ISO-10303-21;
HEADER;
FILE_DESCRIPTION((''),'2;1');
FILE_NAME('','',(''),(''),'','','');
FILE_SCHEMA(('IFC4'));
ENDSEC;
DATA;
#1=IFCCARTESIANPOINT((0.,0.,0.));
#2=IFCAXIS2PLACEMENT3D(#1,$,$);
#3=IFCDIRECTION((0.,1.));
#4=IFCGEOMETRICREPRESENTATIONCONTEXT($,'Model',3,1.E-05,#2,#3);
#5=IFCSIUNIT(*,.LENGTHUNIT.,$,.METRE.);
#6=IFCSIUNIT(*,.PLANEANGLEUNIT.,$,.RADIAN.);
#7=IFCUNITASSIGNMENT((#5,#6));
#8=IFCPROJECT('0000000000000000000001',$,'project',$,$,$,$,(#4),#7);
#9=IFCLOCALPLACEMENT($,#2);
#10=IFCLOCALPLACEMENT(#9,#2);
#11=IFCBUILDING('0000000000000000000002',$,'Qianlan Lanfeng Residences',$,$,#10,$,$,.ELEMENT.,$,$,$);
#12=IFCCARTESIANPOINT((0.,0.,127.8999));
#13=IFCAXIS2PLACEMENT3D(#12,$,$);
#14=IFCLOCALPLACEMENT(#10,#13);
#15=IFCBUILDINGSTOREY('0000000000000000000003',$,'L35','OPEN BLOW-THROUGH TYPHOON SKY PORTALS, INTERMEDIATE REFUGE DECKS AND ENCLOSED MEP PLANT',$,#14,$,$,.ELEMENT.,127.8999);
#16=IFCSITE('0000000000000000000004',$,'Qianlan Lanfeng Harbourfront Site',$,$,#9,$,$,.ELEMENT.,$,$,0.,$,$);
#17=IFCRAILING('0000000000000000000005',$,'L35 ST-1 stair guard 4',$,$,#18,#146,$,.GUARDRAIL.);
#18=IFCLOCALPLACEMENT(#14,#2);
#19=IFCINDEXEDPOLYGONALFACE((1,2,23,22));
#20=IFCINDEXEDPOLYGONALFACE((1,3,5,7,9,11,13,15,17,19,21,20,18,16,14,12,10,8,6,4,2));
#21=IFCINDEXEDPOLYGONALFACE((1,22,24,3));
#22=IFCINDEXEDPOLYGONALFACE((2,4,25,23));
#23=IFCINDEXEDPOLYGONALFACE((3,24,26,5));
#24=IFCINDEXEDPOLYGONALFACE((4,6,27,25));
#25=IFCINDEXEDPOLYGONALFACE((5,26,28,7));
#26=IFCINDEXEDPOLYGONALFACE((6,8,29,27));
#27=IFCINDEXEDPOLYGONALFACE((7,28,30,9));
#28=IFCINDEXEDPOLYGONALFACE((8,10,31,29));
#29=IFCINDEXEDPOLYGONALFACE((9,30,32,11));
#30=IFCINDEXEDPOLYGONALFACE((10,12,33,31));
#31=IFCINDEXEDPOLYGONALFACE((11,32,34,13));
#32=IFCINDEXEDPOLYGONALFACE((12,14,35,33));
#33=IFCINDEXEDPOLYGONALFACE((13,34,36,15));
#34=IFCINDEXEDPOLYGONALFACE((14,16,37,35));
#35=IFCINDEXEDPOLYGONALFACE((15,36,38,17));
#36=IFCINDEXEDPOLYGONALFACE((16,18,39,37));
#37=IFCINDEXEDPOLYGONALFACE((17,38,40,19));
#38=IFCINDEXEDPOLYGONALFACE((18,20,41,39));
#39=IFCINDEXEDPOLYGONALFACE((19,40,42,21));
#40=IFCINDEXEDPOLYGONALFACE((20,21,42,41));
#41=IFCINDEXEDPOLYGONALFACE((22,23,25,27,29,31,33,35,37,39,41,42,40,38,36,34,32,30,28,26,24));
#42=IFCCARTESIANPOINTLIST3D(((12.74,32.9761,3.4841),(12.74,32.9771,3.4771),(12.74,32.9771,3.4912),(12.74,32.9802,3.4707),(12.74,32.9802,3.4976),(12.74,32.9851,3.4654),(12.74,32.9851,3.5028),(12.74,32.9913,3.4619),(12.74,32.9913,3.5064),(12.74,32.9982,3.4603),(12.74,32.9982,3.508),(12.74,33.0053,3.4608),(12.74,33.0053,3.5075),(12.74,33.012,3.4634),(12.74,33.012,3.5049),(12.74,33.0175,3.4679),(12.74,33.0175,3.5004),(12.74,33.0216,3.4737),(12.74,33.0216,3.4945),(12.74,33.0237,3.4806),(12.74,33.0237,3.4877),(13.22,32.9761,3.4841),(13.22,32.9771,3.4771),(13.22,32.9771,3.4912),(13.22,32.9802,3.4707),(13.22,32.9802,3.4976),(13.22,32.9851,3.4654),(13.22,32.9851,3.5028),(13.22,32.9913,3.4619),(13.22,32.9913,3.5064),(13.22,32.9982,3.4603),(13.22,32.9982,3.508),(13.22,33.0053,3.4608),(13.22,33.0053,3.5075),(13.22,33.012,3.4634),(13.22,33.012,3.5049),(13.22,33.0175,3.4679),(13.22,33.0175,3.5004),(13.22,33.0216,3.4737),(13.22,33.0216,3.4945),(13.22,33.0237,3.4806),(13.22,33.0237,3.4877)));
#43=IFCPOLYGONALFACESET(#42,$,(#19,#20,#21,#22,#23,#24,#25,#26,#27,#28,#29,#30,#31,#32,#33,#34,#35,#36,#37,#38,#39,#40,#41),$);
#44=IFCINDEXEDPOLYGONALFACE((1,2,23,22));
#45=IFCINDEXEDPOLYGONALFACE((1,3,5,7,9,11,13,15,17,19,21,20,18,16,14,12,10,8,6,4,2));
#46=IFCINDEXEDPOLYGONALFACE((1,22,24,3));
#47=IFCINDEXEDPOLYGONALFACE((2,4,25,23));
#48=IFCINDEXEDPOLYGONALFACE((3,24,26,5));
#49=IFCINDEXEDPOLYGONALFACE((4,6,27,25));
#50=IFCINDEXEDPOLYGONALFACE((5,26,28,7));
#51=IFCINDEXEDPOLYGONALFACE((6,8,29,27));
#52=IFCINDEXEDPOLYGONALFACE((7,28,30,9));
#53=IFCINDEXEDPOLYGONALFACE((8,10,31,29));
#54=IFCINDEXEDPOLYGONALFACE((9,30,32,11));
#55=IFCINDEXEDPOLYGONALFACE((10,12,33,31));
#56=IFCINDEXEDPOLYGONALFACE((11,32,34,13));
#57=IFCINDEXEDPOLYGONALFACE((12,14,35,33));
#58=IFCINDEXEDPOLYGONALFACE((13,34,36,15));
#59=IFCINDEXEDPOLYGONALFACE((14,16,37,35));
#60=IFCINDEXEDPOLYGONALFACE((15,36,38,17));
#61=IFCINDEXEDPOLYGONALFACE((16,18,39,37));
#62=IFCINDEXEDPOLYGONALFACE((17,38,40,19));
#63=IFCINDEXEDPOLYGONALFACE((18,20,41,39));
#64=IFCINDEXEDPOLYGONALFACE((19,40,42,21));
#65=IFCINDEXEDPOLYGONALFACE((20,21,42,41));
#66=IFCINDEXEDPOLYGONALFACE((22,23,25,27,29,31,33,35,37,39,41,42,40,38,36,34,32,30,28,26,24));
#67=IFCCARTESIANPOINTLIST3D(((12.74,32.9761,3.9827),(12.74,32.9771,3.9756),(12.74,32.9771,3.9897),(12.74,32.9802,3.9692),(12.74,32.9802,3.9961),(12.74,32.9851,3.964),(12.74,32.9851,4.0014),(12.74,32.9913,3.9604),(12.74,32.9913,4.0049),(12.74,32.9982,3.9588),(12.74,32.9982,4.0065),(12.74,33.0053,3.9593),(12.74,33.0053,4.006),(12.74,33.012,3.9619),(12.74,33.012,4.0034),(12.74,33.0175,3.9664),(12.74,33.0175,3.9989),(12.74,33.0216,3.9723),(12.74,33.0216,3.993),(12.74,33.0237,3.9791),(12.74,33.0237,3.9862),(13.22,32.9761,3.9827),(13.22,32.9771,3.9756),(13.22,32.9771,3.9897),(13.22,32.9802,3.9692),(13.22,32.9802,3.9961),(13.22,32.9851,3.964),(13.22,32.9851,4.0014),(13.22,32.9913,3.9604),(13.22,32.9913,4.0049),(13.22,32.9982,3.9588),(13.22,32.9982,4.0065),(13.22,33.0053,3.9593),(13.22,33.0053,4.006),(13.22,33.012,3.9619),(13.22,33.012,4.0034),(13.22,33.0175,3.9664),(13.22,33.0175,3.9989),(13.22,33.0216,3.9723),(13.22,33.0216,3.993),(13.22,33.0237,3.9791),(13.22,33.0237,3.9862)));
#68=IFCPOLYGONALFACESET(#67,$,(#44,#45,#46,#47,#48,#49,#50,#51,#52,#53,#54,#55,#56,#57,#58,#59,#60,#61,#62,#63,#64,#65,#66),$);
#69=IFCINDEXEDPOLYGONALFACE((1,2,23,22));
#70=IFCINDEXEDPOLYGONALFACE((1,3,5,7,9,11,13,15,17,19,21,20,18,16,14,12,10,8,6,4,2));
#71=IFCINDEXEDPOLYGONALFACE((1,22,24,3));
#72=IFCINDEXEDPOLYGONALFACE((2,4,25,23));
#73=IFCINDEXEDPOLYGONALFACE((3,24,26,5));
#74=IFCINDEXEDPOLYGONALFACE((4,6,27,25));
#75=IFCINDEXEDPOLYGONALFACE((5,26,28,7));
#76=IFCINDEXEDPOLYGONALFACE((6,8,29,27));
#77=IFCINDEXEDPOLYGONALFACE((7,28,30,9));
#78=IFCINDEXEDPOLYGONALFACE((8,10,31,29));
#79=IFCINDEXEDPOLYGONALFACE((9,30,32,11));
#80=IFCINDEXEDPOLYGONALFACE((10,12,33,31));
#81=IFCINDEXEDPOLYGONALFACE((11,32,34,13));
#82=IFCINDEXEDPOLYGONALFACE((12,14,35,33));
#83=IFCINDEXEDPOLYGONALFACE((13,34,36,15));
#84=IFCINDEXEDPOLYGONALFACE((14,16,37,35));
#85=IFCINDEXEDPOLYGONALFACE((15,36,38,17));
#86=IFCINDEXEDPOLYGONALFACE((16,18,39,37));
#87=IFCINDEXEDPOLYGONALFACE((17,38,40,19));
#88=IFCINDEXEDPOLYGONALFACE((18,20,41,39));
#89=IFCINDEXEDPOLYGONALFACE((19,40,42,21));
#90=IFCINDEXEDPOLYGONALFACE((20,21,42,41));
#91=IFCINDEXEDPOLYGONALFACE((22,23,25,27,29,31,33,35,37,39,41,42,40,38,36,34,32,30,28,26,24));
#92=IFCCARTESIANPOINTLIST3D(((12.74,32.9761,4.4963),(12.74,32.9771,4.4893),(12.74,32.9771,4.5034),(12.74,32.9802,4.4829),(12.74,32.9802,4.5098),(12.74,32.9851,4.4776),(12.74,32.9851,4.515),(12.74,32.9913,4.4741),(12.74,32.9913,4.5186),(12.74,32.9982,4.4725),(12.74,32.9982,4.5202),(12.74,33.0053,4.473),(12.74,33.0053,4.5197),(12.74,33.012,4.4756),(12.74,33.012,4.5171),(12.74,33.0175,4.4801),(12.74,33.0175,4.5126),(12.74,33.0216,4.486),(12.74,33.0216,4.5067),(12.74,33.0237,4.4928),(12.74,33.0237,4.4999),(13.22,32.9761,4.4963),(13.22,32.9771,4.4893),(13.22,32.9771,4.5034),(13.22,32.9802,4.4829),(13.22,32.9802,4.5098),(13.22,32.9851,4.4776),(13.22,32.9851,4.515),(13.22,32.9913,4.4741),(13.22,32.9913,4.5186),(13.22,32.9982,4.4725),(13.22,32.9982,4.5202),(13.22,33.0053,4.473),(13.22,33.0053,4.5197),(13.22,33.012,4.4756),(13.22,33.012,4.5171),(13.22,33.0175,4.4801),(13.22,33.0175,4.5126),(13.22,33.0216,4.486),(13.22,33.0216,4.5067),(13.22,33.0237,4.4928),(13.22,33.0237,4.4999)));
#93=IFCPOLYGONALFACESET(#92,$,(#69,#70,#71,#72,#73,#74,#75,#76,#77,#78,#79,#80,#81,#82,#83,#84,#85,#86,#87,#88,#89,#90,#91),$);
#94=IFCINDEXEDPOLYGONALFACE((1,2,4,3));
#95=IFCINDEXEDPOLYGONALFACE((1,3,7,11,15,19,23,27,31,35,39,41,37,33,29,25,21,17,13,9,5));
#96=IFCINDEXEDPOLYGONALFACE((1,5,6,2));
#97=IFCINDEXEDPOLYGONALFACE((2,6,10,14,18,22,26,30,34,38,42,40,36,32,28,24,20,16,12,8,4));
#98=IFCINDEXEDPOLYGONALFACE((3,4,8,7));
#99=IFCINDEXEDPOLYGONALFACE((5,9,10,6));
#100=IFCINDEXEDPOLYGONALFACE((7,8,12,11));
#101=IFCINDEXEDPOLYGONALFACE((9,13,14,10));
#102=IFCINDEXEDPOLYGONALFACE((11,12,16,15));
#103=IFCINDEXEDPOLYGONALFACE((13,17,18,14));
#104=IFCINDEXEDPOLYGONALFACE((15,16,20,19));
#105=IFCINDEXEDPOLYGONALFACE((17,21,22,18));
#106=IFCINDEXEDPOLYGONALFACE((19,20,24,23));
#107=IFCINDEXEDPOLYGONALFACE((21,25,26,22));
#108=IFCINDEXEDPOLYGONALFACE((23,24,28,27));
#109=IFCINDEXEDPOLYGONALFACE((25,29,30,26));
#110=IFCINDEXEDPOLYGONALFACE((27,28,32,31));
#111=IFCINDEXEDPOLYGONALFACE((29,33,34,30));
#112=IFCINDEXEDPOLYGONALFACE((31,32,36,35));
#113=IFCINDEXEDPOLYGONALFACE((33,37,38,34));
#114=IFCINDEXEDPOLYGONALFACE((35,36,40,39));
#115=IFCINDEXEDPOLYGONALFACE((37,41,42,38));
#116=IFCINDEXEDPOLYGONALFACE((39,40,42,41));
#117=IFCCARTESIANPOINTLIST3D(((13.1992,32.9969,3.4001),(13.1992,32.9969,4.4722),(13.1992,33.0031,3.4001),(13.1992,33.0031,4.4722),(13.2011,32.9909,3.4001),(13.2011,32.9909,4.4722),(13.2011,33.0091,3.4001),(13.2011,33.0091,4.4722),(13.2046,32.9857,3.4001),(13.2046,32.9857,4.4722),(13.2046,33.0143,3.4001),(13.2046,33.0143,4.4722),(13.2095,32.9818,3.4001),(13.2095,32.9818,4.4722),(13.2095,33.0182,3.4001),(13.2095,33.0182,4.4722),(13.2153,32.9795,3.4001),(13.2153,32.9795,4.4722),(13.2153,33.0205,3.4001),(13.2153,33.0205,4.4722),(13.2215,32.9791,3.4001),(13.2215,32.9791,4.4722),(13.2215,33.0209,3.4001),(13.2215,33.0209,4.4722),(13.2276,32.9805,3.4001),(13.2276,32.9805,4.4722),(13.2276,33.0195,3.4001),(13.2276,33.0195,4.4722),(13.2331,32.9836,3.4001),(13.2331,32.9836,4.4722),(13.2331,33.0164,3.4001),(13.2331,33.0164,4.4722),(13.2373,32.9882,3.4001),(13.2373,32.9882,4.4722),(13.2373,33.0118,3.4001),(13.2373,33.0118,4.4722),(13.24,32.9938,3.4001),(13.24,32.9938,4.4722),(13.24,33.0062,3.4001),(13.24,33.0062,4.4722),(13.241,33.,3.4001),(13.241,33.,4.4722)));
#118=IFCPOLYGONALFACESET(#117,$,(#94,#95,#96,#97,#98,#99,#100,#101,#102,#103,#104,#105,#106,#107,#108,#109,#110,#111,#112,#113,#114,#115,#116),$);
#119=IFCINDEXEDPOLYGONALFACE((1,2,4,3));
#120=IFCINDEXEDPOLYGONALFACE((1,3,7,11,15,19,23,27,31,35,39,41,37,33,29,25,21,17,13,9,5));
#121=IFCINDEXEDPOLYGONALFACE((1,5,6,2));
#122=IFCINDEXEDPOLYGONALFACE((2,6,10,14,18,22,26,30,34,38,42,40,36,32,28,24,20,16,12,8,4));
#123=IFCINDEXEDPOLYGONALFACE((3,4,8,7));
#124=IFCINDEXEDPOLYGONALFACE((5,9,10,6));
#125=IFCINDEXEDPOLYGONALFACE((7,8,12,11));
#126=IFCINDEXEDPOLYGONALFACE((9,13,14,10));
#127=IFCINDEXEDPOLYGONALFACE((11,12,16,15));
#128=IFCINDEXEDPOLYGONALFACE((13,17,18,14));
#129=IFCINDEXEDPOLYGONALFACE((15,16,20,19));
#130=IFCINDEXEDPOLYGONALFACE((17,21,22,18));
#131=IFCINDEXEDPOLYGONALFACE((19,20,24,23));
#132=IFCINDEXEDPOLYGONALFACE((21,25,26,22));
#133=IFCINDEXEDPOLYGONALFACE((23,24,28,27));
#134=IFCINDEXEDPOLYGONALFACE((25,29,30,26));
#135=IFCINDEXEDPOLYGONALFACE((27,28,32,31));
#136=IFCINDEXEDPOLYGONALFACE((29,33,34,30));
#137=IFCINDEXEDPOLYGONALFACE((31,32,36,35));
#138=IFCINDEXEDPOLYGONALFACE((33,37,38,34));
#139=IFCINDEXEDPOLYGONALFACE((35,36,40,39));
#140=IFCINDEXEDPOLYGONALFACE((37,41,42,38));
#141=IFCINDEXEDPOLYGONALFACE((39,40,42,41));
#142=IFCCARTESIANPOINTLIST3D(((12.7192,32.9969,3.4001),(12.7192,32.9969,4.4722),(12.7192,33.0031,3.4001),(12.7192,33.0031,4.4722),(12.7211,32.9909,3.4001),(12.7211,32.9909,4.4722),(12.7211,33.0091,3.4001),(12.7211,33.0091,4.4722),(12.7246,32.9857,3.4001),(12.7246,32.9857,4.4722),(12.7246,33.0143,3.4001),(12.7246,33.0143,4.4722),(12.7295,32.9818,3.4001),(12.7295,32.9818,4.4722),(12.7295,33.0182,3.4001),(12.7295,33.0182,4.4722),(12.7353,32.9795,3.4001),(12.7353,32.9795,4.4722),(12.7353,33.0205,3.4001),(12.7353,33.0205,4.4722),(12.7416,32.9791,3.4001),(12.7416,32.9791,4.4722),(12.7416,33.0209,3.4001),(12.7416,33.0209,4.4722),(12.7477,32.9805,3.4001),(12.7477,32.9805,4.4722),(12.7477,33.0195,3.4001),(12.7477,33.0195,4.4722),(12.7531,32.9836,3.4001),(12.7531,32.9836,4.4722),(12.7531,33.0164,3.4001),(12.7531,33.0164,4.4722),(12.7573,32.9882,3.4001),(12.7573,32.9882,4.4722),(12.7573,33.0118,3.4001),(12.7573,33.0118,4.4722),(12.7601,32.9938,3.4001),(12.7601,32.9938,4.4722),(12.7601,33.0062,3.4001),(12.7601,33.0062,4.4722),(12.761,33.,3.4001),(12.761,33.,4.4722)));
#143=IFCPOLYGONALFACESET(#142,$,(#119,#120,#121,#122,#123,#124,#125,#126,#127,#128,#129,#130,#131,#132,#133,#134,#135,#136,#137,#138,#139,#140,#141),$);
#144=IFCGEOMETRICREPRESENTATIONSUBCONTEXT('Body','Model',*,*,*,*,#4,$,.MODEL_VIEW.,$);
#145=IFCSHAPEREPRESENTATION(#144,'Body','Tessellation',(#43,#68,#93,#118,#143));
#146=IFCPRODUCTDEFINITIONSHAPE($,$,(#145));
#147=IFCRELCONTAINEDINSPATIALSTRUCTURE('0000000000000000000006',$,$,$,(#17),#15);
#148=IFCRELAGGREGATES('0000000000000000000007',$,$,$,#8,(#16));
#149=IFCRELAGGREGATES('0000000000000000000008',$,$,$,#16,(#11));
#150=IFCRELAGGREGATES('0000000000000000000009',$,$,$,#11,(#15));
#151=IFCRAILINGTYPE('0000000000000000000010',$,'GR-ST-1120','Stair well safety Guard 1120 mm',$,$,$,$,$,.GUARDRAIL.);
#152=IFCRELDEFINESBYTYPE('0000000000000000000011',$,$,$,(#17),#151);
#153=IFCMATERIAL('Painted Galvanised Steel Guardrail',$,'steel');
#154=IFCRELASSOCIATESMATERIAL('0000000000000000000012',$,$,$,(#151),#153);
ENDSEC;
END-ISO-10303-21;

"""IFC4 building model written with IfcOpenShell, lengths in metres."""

from ifc_helpers import new_model, si_unit, direction, frame, origin, origin_2d, place, context, subcontext, project, spatial, circle, extrude, material, type_object, element, save


model = new_model("IFC4")

# Units and contexts
model_context = context("Model", 3, precision=1e-05, world=origin(), true_north=direction((0.0, 1.0)))
body_context = subcontext(model_context, "Body", "Model", "MODEL_VIEW")
ifc_project = project(units=[si_unit("LENGTHUNIT", "METRE"), si_unit("PLANEANGLEUNIT", "RADIAN")], contexts=[model_context])

# Site, building, storey
site_placement = place(None, origin())
site = spatial("IfcSite", under=ifc_project, at=site_placement, Name="Qianlan Lanfeng Harbourfront Site", CompositionType="ELEMENT", RefElevation=0.0)
building_placement = place(site_placement, origin())
building = spatial("IfcBuilding", under=site, at=building_placement, Name="Qianlan Lanfeng Residences", CompositionType="ELEMENT")
storey_placement = place(building_placement, frame((0.0, 0.0, 127.8999)))
storey = spatial("IfcBuildingStorey", under=building, at=storey_placement, Name="L35", Description="OPEN BLOW-THROUGH TYPHOON SKY PORTALS, INTERMEDIATE REFUGE DECKS AND ENCLOSED MEP PLANT", CompositionType="ELEMENT", Elevation=127.8999)

# Railing
ifc_material_1 = material(Name="Painted Galvanised Steel Guardrail", Category="steel")
railing_type_1 = type_object("IfcRailingType", Name="GR-ST-1120", Description="Stair well safety Guard 1120 mm", PredefinedType="GUARDRAIL", material=ifc_material_1)
for number, where, name in (
    (1, (13.22, 33.0, 3.4001), "L35 ST-1 stair guard 4"),
):
    element("IfcRailing", number, at=place(storey_placement, frame(where)), inside=storey, type_object=railing_type_1, Name=name, PredefinedType="GUARDRAIL", context=body_context, shape_type="SweptSolid", body=[
        extrude(circle(Radius=0.0239, at=origin_2d()), frame((0.0, 0.0, 0.084), z_axis=(-1.0, 0.0, 0.0), x_axis=(0.0, -1.0, 0.0)), (0.0, 0.0, 1.0), 0.48),
        extrude(circle(Radius=0.0239, at=origin_2d()), frame((0.0, 0.0, 0.5825), z_axis=(-1.0, 0.0, 0.0), x_axis=(0.0, -1.0, 0.0)), (0.0, 0.0, 1.0), 0.48),
        extrude(circle(Radius=0.0239, at=origin_2d()), frame((0.0, 0.0, 1.0962), z_axis=(-1.0, 0.0, 0.0), x_axis=(0.0, -1.0, 0.0)), (0.0, 0.0, 1.0), 0.48),
        extrude(circle(Radius=0.021, at=origin_2d()), origin(), (0.0, 0.0, 1.0), 1.072),
        extrude(circle(Radius=0.021, at=origin_2d()), frame((-0.48, 0.0, 0.0)), (0.0, 0.0, 1.0), 1.072),
    ])

save(model, "model.ifc")
